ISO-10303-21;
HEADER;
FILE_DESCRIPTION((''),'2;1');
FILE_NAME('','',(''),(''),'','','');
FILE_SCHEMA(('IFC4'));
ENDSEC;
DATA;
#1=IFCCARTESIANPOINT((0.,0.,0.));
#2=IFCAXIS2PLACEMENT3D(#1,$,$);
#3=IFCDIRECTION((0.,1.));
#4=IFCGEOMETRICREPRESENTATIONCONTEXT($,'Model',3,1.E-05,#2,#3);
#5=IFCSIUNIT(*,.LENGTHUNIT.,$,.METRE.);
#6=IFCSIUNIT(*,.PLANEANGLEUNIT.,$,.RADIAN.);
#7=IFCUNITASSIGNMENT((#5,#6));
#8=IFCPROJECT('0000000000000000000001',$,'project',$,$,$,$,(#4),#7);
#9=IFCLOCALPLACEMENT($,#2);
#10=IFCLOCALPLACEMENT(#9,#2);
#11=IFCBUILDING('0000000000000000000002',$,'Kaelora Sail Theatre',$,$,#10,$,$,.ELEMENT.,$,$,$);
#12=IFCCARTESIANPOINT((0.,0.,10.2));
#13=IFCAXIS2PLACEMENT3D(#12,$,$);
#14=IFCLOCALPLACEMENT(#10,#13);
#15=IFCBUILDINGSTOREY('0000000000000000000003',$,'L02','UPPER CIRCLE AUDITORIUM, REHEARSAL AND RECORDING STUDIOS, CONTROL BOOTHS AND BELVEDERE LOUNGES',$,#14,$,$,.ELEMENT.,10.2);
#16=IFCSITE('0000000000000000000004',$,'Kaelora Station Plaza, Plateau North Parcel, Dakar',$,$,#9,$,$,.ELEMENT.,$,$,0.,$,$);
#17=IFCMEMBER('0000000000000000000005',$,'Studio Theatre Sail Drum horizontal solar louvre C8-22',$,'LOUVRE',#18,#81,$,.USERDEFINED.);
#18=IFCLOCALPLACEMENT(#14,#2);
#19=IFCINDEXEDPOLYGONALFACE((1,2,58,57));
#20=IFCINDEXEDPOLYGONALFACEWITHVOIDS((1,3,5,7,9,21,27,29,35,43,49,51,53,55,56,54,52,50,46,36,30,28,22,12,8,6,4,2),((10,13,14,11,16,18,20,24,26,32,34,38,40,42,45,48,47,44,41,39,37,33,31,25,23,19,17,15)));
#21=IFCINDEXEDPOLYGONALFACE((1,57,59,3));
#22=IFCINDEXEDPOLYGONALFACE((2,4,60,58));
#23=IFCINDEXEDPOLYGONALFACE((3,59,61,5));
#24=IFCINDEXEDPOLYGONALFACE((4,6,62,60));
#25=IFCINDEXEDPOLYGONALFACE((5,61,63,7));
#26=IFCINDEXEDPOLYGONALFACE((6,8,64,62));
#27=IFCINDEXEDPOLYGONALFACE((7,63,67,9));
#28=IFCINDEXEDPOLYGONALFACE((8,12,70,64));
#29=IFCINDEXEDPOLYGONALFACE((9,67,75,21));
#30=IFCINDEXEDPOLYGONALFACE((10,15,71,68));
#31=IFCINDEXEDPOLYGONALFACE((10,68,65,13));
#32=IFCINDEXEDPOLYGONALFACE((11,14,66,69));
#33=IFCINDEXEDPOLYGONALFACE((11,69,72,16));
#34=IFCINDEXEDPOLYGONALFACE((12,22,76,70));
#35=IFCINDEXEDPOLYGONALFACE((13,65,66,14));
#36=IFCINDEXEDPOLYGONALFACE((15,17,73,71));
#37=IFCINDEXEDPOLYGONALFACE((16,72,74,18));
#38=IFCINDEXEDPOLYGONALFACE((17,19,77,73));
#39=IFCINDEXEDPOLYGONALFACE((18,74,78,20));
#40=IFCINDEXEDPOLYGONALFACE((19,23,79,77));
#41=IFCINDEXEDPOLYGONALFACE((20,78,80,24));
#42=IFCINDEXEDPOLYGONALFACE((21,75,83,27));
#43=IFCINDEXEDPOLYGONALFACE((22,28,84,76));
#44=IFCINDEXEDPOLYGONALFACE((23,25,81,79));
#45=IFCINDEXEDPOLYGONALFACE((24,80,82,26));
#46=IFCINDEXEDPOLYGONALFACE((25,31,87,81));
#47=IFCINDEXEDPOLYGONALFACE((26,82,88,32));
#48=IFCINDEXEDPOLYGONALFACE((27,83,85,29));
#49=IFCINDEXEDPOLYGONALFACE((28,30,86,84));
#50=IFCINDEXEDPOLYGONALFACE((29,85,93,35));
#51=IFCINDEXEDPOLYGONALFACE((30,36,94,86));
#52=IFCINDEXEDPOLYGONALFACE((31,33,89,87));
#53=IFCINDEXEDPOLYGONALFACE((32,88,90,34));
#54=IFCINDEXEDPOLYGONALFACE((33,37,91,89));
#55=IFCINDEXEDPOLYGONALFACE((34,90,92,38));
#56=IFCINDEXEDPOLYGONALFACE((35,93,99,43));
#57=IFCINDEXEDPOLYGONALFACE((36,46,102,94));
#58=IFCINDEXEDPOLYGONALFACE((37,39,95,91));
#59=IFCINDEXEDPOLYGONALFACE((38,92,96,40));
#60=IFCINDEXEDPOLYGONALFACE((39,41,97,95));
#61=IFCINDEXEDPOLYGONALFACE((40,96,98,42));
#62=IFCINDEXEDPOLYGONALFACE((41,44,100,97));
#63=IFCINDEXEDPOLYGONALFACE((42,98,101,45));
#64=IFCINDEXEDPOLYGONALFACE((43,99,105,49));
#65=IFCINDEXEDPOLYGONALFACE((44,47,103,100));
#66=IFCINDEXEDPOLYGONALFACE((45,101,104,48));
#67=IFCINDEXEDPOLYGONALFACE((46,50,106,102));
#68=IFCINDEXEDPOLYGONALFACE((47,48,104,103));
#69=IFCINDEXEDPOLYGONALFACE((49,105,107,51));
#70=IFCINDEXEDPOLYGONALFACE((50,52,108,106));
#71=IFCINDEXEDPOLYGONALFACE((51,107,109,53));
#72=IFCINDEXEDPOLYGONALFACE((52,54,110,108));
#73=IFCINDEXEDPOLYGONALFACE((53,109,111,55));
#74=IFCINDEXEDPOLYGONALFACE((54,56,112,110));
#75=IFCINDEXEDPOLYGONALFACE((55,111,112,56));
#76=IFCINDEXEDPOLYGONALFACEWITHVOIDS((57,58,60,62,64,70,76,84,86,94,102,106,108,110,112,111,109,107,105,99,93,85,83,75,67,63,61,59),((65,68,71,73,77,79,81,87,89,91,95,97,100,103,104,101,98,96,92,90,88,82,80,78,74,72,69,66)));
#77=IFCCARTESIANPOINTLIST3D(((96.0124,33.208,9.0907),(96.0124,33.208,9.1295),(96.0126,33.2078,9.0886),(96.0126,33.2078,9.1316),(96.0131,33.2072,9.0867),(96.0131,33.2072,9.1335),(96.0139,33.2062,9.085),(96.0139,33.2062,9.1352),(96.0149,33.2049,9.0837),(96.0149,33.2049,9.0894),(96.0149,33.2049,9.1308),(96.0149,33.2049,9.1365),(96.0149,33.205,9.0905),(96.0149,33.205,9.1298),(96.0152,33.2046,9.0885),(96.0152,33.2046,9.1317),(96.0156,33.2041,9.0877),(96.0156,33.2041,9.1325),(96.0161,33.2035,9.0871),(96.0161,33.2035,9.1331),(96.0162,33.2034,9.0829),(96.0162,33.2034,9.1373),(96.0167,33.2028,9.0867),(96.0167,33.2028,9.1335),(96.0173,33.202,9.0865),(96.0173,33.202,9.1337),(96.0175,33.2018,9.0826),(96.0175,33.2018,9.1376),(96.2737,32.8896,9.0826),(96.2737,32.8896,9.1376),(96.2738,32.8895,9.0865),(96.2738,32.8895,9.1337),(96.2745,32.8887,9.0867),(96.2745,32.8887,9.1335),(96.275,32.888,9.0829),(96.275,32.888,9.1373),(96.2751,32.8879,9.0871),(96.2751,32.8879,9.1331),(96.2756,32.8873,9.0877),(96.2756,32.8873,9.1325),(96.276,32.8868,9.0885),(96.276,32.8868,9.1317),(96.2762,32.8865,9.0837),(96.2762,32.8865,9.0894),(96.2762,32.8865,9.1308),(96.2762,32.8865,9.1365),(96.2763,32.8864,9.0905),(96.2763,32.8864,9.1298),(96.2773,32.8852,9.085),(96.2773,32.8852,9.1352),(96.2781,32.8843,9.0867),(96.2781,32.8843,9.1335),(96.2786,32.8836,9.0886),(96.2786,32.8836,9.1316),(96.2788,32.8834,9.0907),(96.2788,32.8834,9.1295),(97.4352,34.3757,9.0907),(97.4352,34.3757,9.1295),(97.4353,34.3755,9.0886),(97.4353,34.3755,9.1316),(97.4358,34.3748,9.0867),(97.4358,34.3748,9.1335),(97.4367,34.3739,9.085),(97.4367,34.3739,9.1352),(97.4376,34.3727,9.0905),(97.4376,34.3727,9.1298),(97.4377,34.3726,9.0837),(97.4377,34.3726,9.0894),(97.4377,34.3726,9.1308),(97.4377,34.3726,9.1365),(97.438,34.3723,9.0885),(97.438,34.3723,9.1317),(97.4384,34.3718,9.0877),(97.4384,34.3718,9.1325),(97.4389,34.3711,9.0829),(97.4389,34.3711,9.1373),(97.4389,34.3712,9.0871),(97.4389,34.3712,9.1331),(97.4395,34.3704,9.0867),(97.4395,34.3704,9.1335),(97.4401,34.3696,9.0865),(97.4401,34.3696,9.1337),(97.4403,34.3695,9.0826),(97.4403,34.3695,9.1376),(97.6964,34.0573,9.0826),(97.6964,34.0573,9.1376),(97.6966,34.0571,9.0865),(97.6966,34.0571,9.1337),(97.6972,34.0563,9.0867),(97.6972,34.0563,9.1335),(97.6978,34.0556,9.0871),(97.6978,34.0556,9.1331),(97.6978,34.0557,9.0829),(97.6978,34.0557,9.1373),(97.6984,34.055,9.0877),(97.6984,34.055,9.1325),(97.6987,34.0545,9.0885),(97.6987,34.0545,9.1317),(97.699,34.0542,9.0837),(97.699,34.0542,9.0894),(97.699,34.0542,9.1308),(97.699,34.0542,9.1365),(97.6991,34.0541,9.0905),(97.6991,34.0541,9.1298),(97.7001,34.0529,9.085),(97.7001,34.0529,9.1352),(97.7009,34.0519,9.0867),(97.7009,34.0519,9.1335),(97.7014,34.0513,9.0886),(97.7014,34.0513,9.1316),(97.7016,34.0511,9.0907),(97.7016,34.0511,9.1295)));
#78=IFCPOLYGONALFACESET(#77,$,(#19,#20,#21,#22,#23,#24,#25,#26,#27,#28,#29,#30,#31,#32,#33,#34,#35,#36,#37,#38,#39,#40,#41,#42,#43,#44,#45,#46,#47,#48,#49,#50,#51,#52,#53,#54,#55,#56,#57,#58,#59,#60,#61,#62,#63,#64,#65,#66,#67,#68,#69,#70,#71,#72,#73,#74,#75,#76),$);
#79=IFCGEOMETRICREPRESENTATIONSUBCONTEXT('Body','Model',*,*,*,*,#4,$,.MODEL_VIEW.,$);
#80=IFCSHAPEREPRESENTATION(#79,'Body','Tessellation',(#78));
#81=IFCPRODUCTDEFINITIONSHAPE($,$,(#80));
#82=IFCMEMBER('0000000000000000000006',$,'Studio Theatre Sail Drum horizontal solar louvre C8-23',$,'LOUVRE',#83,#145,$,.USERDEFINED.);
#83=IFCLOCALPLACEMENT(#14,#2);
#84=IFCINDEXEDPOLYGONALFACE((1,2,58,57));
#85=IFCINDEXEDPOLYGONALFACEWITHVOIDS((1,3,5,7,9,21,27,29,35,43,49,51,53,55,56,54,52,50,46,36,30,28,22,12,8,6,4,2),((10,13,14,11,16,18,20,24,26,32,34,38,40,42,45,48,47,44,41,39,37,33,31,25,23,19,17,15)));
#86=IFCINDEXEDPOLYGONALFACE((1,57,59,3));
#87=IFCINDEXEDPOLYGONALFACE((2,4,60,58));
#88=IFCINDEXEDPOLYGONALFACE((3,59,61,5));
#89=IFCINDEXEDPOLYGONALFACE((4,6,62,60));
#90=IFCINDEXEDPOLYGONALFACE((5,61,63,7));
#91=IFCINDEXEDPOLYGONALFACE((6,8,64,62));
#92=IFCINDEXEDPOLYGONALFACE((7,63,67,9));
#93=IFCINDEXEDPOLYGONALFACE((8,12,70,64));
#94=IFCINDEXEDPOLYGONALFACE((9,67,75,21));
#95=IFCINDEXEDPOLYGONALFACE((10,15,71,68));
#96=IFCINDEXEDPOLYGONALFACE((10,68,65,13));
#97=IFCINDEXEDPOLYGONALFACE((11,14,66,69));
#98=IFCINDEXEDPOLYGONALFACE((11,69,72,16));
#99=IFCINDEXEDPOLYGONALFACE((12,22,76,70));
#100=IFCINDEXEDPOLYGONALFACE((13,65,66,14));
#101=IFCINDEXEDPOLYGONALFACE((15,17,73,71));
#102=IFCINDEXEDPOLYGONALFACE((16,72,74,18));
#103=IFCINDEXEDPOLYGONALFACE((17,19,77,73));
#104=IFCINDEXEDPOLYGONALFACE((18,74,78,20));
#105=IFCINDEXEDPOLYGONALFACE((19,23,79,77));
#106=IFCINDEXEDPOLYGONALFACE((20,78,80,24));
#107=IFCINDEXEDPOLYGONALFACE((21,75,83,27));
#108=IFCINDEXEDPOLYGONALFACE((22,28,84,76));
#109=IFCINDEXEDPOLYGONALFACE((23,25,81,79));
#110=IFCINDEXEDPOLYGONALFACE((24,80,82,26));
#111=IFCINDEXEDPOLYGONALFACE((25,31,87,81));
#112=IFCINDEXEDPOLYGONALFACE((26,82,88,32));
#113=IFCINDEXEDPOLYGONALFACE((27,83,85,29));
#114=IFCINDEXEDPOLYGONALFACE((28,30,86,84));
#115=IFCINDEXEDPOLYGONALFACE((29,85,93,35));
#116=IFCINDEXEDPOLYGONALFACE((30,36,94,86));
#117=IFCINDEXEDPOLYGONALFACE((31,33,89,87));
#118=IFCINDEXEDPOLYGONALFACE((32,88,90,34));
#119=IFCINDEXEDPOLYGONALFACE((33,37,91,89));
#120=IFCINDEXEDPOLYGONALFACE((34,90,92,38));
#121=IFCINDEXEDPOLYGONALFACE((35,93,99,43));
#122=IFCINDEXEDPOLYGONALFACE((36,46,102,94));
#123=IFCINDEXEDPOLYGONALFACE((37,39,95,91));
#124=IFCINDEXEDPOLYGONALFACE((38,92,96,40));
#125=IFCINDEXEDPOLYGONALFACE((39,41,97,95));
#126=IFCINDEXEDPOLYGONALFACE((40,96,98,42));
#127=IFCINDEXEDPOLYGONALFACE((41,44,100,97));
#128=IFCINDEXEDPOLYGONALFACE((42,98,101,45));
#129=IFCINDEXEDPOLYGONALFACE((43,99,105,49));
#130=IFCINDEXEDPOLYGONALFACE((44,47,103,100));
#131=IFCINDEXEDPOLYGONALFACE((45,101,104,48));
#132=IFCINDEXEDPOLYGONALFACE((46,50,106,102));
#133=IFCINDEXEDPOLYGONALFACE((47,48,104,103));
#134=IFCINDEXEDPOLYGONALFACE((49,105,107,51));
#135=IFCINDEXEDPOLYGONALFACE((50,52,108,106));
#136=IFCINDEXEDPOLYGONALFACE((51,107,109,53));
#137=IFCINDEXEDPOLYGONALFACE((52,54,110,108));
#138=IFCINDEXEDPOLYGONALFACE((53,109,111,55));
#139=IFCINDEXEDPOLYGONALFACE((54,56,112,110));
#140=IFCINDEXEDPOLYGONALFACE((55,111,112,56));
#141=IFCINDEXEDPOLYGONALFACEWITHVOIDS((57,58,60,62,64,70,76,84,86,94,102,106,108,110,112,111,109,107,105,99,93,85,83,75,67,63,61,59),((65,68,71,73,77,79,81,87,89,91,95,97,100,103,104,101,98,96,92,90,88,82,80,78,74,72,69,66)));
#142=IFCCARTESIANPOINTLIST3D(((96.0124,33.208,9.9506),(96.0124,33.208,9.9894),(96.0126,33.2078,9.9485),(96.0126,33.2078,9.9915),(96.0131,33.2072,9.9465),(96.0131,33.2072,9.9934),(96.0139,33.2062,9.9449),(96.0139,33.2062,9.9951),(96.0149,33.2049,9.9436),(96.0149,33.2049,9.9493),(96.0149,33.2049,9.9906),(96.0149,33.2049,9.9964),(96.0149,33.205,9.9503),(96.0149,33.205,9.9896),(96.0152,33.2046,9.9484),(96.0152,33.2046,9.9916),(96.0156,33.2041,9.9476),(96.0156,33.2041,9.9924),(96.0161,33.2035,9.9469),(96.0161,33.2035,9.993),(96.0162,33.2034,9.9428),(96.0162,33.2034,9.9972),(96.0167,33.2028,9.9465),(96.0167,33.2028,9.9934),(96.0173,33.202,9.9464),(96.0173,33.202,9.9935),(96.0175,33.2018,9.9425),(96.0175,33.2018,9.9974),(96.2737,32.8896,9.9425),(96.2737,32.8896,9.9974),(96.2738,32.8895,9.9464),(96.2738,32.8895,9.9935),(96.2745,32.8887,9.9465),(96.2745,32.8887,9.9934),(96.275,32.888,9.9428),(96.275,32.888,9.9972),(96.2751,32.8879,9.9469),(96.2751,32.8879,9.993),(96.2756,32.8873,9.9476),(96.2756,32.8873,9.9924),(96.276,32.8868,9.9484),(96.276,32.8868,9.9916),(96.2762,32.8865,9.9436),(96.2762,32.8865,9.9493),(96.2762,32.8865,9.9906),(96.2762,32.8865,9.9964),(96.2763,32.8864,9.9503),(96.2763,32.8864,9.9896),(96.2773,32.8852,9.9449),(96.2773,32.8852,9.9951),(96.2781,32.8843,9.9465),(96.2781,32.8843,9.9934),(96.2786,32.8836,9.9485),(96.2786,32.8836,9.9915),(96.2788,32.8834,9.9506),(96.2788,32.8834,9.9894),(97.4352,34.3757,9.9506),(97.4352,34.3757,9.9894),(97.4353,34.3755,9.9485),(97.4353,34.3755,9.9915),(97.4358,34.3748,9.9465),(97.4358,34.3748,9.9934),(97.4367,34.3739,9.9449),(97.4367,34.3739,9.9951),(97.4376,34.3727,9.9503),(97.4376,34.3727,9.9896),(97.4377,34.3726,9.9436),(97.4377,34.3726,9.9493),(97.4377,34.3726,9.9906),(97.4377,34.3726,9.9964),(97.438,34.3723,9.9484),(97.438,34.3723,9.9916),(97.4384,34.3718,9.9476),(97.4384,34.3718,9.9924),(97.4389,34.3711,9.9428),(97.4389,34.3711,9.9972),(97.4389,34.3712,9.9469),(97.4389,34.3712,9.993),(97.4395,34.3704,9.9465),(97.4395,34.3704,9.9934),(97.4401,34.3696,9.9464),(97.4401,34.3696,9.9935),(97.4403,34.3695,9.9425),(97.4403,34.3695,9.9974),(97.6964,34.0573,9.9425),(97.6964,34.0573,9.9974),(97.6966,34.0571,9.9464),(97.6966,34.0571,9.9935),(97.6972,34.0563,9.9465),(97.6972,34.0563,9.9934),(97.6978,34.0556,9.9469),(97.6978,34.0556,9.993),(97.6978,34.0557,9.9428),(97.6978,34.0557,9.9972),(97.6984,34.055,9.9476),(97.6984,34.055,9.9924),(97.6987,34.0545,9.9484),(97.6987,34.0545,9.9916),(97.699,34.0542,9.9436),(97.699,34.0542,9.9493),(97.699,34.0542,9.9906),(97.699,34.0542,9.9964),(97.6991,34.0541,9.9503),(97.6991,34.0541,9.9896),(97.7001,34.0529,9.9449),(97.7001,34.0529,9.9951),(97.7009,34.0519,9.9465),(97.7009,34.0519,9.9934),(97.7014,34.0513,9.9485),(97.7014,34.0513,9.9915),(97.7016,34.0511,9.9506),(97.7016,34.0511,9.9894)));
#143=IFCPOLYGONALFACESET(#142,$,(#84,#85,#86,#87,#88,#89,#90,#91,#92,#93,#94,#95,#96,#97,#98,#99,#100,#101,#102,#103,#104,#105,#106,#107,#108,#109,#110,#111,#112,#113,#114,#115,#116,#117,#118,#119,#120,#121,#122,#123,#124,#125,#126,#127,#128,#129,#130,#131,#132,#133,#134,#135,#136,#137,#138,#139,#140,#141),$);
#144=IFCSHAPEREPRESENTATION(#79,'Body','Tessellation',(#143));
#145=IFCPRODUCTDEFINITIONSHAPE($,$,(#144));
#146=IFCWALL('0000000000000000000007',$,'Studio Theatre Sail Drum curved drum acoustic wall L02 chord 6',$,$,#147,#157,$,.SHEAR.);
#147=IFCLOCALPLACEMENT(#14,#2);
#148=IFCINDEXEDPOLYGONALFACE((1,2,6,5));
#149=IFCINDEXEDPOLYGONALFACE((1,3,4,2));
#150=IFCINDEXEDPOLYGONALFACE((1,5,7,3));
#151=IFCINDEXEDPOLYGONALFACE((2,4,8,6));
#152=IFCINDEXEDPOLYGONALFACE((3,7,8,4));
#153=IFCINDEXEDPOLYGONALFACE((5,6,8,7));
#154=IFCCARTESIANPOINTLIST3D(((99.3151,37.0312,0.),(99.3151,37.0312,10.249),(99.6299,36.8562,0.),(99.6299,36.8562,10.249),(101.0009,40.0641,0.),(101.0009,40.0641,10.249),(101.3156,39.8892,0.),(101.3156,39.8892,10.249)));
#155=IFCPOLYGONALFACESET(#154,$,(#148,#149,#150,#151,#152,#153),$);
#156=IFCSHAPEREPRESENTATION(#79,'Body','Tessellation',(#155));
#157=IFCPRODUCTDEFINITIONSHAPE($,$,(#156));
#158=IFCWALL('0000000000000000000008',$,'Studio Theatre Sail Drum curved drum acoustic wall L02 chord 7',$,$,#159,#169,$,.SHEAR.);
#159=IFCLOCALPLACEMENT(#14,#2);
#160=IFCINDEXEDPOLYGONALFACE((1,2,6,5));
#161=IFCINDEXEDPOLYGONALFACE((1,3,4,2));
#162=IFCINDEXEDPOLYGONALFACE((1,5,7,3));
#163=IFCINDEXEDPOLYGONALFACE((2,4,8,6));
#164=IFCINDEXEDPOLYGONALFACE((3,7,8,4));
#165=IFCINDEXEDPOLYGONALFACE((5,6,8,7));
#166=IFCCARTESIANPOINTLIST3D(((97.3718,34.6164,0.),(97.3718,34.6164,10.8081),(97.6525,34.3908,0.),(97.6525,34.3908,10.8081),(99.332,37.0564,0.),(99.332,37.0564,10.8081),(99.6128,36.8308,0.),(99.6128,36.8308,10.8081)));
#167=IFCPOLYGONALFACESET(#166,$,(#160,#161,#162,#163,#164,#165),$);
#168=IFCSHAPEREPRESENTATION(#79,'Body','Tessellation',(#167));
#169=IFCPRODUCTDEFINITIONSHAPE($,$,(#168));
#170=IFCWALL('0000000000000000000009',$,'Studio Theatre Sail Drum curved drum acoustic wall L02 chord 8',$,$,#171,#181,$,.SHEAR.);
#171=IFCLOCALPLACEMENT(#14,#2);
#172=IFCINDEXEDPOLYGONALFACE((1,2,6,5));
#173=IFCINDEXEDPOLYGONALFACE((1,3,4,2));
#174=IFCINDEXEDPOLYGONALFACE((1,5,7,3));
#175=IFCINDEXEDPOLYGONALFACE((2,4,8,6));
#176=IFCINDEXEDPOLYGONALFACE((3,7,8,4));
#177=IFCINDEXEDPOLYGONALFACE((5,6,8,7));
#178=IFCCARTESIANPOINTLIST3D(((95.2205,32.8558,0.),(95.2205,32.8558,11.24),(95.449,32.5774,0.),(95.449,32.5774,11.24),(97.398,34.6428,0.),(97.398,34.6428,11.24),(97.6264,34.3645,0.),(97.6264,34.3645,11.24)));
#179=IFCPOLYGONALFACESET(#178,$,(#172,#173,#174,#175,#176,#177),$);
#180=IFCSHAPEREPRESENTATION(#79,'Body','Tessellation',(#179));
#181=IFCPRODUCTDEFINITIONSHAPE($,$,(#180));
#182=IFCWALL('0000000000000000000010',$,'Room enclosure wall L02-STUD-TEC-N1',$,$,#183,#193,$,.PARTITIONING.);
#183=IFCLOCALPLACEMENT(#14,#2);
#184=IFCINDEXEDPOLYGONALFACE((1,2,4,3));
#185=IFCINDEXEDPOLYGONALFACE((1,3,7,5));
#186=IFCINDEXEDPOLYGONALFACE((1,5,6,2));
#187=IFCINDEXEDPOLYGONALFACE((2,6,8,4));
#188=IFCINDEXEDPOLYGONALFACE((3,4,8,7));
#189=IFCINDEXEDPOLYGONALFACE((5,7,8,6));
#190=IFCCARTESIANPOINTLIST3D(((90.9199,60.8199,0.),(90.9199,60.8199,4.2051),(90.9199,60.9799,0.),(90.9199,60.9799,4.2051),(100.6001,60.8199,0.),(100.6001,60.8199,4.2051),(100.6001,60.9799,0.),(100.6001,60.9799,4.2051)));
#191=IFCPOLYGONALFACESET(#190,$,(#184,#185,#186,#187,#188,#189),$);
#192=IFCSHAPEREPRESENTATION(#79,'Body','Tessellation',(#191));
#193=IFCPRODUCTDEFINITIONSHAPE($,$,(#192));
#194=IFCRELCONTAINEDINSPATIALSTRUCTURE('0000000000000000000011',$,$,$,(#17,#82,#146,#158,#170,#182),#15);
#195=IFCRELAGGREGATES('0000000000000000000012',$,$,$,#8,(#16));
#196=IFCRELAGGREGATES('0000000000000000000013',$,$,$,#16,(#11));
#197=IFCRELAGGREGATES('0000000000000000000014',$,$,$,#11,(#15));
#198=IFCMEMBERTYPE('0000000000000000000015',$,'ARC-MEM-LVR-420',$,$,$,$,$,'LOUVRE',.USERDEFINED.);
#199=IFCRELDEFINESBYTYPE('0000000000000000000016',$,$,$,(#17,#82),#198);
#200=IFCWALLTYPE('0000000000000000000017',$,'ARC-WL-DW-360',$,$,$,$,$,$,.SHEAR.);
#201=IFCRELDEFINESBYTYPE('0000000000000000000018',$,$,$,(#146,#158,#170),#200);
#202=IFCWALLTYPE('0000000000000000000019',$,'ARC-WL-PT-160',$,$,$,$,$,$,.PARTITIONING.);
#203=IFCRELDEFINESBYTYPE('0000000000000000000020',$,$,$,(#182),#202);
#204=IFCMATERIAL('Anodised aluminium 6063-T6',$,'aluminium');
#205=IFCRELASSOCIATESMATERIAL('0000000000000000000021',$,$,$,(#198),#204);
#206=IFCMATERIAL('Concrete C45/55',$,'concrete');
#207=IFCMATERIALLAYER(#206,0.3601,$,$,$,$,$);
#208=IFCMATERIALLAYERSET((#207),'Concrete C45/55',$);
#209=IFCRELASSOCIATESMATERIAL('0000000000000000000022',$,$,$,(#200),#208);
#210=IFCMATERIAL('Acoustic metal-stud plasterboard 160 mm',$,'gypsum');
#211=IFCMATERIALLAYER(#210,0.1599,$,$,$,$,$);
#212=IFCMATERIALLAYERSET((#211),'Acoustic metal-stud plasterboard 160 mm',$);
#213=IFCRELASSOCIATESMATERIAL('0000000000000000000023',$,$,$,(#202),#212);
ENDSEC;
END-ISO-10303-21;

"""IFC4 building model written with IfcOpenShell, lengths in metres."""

from ifc_helpers import new_model, si_unit, direction, frame, frame_2d, origin, origin_2d, place, context, subcontext, project, spatial, rectangle, hollow_rectangle, extrude, material, layer, layer_set, material_profile, profile_set, type_object, element, save


model = new_model("IFC4")

# Units and contexts
model_context = context("Model", 3, precision=1e-05, world=origin(), true_north=direction((0.0, 1.0)))
body_context = subcontext(model_context, "Body", "Model", "MODEL_VIEW")
ifc_project = project(units=[si_unit("LENGTHUNIT", "METRE"), si_unit("PLANEANGLEUNIT", "RADIAN")], contexts=[model_context])

# Site, building, storey
site_placement = place(None, origin())
site = spatial("IfcSite", under=ifc_project, at=site_placement, Name="Kaelora Station Plaza, Plateau North Parcel, Dakar", CompositionType="ELEMENT", RefElevation=0.0)
building_placement = place(site_placement, origin())
building = spatial("IfcBuilding", under=site, at=building_placement, Name="Kaelora Sail Theatre", CompositionType="ELEMENT")
storey_placement = place(building_placement, frame((0.0, 0.0, 10.2)))
storey = spatial("IfcBuildingStorey", under=building, at=storey_placement, Name="L02", Description="UPPER CIRCLE AUDITORIUM, REHEARSAL AND RECORDING STUDIOS, CONTROL BOOTHS AND BELVEDERE LOUNGES", CompositionType="ELEMENT", Elevation=10.2)

# Members
ifc_material_1 = material(Name="Anodised aluminium 6063-T6", Category="aluminium")
ifc_material_profile_1 = material_profile(ifc_material_1, hollow_rectangle(XDim=0.4199, YDim=0.0549, WallThickness=0.0039, InnerFilletRadius=0.0039, OuterFilletRadius=0.0081, at=origin_2d()), Name="LOUVRE 420x55x4")
ifc_profile_set_1 = profile_set([ifc_material_profile_1], Name="Anodised aluminium 6063-T6")
member_type = type_object("IfcMemberType", Name="ARC-MEM-LVR-420", ElementType="LOUVRE", PredefinedType="USERDEFINED", material=ifc_profile_set_1)
for number, where, z_axis, x_axis, name in (
    (1, (97.5684, 34.2134, 9.1101), (-0.773005, -0.6344, 0.0), (0.6344, -0.773005, 0.0), "Studio Theatre Sail Drum horizontal solar louvre C8-22"),
    (2, (97.5684, 34.2134, 9.97), (-0.773005, -0.6344, 0.0), (0.6344, -0.773005, 0.0), "Studio Theatre Sail Drum horizontal solar louvre C8-23"),
):
    element("IfcMember", number, at=place(storey_placement, frame(where, z_axis=z_axis, x_axis=x_axis)), inside=storey, type_object=member_type, Name=name, ObjectType="LOUVRE", PredefinedType="USERDEFINED", context=body_context, shape_type="SweptSolid", body=[
        extrude(hollow_rectangle(XDim=0.4199, YDim=0.0549, WallThickness=0.0039, InnerFilletRadius=0.0039, OuterFilletRadius=0.0081, at=origin_2d()), origin(), (0.0, 0.0, 1.0), 1.8406),
    ])

# Walls
ifc_material_2 = material(Name="Concrete C45/55", Category="concrete")
ifc_layer_1 = layer(ifc_material_2, 0.3601)
ifc_layer_set_1 = layer_set([ifc_layer_1], Name="Concrete C45/55")
wall_type_1 = type_object("IfcWallType", Name="ARC-WL-DW-360", PredefinedType="SHEAR", material=ifc_layer_set_1)
wall_1_placement = place(storey_placement, frame((101.1582, 39.9766, 0.0), z_axis=(0.0, 0.0, 1.0), x_axis=(-0.485822, -0.874058, 0.0)))
element("IfcWall", 3, at=wall_1_placement, inside=storey, type_object=wall_type_1, Name="Studio Theatre Sail Drum curved drum acoustic wall L02 chord 6", PredefinedType="SHEAR", context=body_context, shape_type="SweptSolid", body=[
    extrude(rectangle(XDim=3.47, YDim=0.3601, at=frame_2d((1.7349, 0.0))), origin(), (0.0, 0.0, 1.0), 10.249),
])
wall_2_placement = place(storey_placement, frame((99.4724, 36.9436, 0.0), z_axis=(0.0, 0.0, 1.0), x_axis=(-0.626301, -0.779581, 0.0)))
element("IfcWall", 4, at=wall_2_placement, inside=storey, type_object=wall_type_1, Name="Studio Theatre Sail Drum curved drum acoustic wall L02 chord 7", PredefinedType="SHEAR", context=body_context, shape_type="SweptSolid", body=[
    extrude(rectangle(XDim=3.1299, YDim=0.3601, at=frame_2d((1.5649, 0.0))), origin(), (0.0, 0.0, 1.0), 10.8081),
])
wall_3_placement = place(storey_placement, frame((97.5122, 34.5037, 0.0), z_axis=(0.0, 0.0, 1.0), x_axis=(-0.772995, -0.634412, 0.0)))
element("IfcWall", 5, at=wall_3_placement, inside=storey, type_object=wall_type_1, Name="Studio Theatre Sail Drum curved drum acoustic wall L02 chord 8", PredefinedType="SHEAR", context=body_context, shape_type="SweptSolid", body=[
    extrude(rectangle(XDim=2.8169, YDim=0.3601, at=frame_2d((1.4084, 0.0))), origin(), (0.0, 0.0, 1.0), 11.24),
])
ifc_material_3 = material(Name="Acoustic metal-stud plasterboard 160 mm", Category="gypsum")
ifc_layer_2 = layer(ifc_material_3, 0.1599)
ifc_layer_set_2 = layer_set([ifc_layer_2], Name="Acoustic metal-stud plasterboard 160 mm")
wall_type_2 = type_object("IfcWallType", Name="ARC-WL-PT-160", PredefinedType="PARTITIONING", material=ifc_layer_set_2)
wall_4_placement = place(storey_placement, frame((90.9199, 60.8999, 0.0), z_axis=(0.0, 0.0, 1.0), x_axis=(1.0, 0.0, 0.0)))
element("IfcWall", 6, at=wall_4_placement, inside=storey, type_object=wall_type_2, Name="Room enclosure wall L02-STUD-TEC-N1", PredefinedType="PARTITIONING", context=body_context, shape_type="SweptSolid", body=[
    extrude(rectangle(XDim=9.6802, YDim=0.1599, at=frame_2d((4.8401, 0.0))), origin(), (0.0, 0.0, 1.0), 4.2051),
])

save(model, "model.ifc")
